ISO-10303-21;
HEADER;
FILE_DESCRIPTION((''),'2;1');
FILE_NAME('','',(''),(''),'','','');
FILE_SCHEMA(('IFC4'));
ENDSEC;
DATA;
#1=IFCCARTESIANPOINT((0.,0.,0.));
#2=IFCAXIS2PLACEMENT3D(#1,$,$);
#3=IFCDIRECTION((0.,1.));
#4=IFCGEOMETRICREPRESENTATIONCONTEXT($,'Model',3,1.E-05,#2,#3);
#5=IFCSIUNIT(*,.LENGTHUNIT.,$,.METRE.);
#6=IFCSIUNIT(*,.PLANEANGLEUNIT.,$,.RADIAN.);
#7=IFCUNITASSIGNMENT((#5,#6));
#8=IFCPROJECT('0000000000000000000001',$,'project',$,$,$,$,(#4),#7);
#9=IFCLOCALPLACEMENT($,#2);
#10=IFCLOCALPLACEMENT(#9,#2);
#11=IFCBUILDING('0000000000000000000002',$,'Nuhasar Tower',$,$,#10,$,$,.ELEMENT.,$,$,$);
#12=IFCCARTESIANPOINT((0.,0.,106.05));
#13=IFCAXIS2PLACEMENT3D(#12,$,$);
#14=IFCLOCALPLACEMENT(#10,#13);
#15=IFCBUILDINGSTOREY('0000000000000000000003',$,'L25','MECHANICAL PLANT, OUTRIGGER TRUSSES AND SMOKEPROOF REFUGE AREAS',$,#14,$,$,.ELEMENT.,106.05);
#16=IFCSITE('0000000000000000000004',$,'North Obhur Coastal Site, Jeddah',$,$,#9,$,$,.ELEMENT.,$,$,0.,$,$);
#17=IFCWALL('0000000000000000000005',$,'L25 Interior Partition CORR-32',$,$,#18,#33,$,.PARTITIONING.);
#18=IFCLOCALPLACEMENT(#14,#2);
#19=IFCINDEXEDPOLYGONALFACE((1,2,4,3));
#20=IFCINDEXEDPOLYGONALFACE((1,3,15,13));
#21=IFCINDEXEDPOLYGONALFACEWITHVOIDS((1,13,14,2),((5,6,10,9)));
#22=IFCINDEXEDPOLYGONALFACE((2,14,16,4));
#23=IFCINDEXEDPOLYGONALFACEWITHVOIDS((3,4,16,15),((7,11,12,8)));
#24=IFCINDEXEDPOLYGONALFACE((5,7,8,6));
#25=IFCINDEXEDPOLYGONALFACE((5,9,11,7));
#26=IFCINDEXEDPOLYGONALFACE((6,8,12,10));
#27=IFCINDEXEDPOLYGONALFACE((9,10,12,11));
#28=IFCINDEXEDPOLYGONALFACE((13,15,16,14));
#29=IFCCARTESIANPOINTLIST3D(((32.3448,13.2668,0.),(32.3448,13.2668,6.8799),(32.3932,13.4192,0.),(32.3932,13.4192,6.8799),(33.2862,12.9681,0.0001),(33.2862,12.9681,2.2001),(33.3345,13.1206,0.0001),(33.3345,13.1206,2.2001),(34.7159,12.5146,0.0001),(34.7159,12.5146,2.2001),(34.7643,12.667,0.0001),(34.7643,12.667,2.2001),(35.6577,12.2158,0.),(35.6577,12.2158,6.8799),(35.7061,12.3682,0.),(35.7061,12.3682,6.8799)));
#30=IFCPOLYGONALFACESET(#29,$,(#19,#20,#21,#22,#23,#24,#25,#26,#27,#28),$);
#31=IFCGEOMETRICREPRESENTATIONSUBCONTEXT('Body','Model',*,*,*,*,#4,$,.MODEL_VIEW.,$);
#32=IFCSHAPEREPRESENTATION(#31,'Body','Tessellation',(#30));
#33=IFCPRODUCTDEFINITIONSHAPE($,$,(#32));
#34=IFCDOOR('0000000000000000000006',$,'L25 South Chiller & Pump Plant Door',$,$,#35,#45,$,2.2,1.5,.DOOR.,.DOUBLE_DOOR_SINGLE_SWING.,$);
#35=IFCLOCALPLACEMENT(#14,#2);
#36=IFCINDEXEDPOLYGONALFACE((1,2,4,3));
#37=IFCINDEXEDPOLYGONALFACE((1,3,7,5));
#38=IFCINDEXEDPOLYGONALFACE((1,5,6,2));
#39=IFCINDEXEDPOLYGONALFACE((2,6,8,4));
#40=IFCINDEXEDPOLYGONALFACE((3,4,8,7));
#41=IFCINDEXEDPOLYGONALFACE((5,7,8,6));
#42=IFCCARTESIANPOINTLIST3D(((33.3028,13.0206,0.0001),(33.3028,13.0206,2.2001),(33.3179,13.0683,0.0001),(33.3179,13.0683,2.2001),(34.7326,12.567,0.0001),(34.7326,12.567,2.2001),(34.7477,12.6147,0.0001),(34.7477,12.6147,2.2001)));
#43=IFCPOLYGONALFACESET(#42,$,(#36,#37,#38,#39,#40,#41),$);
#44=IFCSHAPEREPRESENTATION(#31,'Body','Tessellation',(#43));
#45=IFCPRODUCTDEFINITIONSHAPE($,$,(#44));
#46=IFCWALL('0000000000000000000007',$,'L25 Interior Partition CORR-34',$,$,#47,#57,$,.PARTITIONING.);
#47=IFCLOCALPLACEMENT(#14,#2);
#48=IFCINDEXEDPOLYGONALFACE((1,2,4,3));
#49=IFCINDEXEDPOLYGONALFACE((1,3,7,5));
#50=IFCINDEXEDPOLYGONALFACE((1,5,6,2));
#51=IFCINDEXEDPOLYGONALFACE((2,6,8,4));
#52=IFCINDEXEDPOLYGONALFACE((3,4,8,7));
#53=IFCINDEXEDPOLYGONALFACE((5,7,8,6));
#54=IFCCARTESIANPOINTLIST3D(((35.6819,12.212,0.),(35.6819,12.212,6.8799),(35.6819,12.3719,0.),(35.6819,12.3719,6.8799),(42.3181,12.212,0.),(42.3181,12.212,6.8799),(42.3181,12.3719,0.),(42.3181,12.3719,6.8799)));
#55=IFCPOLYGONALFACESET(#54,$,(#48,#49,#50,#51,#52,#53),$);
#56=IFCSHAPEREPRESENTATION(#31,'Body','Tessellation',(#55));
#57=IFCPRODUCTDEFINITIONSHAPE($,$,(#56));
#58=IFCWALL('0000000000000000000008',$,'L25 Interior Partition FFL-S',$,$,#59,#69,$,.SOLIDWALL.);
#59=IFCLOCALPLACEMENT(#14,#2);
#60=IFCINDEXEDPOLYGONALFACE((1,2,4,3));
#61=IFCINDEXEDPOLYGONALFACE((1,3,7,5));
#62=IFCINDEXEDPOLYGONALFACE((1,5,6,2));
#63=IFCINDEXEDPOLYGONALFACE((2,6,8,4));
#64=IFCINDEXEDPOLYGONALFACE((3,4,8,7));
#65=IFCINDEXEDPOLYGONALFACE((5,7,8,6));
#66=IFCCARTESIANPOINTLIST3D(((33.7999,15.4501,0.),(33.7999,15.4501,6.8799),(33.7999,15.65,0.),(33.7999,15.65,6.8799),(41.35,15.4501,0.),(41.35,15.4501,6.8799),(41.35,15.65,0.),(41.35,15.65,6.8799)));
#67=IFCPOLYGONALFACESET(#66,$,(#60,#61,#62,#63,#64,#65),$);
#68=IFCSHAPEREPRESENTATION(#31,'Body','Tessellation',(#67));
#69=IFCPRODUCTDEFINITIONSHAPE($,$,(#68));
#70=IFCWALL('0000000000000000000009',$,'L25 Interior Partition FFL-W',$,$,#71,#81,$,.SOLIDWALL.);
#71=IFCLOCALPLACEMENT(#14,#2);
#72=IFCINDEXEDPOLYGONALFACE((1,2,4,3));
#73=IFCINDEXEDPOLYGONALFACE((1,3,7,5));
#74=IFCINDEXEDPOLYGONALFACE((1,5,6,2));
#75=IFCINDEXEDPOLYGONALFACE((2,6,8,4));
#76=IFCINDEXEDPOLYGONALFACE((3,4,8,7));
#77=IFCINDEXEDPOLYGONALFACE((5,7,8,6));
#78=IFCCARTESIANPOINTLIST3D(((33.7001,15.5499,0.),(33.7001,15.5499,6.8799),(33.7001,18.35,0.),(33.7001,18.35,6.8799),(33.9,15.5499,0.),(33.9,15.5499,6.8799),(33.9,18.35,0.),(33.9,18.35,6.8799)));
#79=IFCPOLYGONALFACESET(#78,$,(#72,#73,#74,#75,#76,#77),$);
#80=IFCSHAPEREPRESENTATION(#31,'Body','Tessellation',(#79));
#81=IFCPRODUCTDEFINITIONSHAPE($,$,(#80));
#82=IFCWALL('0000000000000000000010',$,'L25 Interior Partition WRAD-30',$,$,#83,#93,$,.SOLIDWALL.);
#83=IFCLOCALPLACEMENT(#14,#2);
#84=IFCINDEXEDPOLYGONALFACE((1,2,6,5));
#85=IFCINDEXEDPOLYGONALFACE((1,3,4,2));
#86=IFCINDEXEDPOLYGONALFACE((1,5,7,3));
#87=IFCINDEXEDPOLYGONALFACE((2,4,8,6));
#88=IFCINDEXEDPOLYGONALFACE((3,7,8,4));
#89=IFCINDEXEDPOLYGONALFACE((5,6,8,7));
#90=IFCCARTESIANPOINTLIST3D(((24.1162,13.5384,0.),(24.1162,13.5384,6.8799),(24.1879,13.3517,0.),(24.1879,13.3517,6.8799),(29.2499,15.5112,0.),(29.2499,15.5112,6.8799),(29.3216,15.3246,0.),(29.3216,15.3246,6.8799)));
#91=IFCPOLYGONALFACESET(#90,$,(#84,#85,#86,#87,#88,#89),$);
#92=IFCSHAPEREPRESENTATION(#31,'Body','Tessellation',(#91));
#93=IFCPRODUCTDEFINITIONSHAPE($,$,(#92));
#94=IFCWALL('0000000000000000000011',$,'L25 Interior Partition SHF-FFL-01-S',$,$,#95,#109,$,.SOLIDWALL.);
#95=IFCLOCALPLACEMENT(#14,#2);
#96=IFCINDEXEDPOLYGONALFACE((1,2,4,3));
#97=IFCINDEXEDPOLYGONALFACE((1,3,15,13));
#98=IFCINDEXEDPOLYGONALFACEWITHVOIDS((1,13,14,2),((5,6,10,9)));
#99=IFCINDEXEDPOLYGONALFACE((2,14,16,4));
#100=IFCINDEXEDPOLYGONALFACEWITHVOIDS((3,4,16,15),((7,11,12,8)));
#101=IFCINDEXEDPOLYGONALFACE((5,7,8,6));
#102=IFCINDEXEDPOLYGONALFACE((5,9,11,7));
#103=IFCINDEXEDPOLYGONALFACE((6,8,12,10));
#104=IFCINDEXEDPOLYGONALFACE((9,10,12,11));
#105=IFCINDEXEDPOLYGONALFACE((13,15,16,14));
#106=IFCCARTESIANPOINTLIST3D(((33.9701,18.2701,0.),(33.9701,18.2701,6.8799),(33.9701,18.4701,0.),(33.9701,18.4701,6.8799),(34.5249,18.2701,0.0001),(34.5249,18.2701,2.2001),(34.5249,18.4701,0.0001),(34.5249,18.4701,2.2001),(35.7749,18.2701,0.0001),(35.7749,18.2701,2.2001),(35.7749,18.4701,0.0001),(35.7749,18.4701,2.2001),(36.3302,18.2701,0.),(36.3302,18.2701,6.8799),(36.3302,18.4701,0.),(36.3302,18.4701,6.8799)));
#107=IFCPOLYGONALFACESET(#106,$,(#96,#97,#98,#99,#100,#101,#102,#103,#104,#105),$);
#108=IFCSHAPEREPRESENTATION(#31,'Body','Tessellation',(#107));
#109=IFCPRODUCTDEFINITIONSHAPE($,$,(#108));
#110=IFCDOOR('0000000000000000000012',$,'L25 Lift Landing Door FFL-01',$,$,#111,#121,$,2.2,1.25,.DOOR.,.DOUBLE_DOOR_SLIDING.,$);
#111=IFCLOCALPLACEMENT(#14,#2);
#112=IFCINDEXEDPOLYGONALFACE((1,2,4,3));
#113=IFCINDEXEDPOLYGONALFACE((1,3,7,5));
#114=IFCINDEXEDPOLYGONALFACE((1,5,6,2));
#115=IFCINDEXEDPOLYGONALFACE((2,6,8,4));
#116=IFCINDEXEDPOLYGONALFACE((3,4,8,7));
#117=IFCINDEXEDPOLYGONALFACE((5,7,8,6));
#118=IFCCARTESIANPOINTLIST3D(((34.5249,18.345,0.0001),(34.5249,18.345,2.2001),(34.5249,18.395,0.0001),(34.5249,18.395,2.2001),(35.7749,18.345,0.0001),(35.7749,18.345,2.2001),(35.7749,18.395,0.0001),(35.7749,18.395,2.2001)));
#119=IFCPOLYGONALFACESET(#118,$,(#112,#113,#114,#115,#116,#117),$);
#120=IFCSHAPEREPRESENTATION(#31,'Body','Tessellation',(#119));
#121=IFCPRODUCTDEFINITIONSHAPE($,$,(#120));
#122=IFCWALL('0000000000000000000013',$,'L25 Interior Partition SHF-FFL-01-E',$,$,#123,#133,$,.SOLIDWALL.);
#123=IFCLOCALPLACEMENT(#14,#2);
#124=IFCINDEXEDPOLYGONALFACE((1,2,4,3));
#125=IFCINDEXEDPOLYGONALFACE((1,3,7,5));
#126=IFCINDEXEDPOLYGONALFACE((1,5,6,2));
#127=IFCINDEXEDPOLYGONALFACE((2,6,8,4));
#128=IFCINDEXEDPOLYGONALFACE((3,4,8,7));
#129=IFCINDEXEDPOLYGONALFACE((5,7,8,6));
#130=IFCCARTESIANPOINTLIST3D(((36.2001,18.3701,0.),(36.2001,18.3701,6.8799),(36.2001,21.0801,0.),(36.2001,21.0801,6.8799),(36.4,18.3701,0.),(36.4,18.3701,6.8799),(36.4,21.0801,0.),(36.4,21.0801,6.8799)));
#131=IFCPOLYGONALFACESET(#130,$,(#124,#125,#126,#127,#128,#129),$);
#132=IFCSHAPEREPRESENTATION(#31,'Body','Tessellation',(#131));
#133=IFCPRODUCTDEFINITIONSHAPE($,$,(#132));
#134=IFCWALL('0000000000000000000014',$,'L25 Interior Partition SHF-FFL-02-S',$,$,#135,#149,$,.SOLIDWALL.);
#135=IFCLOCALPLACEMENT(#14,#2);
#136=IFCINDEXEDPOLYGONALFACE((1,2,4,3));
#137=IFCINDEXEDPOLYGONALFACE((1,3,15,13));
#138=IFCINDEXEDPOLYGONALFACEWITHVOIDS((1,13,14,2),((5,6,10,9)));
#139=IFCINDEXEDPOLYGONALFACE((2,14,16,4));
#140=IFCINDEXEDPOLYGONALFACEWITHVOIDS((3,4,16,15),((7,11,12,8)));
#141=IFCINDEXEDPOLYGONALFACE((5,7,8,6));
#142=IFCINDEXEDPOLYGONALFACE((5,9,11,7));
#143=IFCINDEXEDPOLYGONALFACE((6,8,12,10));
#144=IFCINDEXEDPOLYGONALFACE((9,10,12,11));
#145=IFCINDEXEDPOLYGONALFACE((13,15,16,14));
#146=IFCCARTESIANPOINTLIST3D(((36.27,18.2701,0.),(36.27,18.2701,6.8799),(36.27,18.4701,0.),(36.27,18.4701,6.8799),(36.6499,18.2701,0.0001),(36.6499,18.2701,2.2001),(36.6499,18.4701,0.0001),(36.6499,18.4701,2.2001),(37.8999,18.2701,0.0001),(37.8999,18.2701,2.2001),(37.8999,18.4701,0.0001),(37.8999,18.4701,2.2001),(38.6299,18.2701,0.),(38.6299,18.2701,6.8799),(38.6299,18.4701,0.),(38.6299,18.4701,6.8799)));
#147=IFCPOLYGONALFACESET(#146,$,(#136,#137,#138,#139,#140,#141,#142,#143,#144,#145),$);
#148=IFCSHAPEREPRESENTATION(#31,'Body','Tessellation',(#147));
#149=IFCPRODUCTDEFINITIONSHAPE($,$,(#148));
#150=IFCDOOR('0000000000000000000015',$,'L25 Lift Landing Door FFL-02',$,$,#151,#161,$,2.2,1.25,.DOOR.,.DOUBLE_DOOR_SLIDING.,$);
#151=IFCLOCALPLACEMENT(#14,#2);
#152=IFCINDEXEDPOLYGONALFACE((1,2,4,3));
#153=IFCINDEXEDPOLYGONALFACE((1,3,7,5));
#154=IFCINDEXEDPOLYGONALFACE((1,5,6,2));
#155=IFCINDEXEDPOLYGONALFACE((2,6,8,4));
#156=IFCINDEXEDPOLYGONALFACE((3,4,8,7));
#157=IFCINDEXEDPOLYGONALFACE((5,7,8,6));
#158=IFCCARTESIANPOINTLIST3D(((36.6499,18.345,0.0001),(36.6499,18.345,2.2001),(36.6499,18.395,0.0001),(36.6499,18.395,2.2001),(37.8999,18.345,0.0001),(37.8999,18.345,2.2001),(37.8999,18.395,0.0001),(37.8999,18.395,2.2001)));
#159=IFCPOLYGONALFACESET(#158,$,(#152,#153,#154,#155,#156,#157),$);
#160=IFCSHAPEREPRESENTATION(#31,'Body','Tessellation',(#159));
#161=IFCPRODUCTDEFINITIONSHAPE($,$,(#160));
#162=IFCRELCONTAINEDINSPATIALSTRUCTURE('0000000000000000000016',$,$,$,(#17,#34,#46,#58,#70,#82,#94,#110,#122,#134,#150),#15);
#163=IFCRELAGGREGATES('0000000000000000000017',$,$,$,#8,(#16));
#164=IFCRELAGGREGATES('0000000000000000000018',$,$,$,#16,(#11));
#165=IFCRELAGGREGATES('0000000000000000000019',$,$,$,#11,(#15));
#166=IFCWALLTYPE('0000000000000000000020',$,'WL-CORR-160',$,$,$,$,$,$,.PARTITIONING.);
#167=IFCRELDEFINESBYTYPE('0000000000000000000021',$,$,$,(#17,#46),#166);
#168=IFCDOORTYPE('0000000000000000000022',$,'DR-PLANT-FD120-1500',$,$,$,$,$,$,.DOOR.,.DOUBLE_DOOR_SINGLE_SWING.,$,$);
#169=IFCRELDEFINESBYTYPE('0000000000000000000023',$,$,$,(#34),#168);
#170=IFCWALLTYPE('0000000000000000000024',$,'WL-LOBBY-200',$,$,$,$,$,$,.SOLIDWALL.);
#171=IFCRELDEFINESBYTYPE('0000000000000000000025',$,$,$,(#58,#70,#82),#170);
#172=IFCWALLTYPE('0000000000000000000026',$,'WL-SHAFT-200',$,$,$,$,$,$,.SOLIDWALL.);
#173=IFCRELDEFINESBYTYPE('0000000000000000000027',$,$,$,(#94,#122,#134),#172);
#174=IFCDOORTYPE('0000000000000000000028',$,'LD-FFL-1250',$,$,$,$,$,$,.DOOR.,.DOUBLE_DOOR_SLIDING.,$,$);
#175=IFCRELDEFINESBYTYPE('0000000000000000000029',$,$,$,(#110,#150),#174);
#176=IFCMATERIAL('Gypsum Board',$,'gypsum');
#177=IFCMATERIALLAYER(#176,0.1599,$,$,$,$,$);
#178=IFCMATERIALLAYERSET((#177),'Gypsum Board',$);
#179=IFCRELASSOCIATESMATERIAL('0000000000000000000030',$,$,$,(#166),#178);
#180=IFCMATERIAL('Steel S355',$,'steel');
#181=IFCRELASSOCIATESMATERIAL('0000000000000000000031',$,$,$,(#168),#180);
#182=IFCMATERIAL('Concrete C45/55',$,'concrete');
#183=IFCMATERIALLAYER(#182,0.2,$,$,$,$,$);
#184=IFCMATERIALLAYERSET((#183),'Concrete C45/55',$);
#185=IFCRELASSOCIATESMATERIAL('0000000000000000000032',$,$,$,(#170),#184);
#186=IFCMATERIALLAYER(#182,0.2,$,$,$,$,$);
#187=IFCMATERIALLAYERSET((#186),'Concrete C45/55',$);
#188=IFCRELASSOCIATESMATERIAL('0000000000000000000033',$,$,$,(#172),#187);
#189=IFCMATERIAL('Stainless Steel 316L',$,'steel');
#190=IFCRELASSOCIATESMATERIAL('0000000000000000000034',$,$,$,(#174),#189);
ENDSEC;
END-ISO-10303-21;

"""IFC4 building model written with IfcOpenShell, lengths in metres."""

from ifc_helpers import new_model, si_unit, direction, frame, frame_2d, origin, place, context, subcontext, project, spatial, rectangle, extrude, material, layer, layer_set, type_object, element, fill, save


model = new_model("IFC4")

# Units and contexts
model_context = context("Model", 3, precision=1e-05, world=origin(), true_north=direction((0.0, 1.0)))
body_context = subcontext(model_context, "Body", "Model", "MODEL_VIEW")
ifc_project = project(units=[si_unit("LENGTHUNIT", "METRE"), si_unit("PLANEANGLEUNIT", "RADIAN")], contexts=[model_context])

# Site, building, storey
site_placement = place(None, origin())
site = spatial("IfcSite", under=ifc_project, at=site_placement, Name="North Obhur Coastal Site, Jeddah", CompositionType="ELEMENT", RefElevation=0.0)
building_placement = place(site_placement, origin())
building = spatial("IfcBuilding", under=site, at=building_placement, Name="Nuhasar Tower", CompositionType="ELEMENT")
storey_placement = place(building_placement, frame((0.0, 0.0, 106.05)))
storey = spatial("IfcBuildingStorey", under=building, at=storey_placement, Name="L25", Description="MECHANICAL PLANT, OUTRIGGER TRUSSES AND SMOKEPROOF REFUGE AREAS", CompositionType="ELEMENT", Elevation=106.05)

# Shared definitions
ifc_material_1 = material(Name="Steel S355", Category="steel")

# Shared definitions
ifc_material_2 = material(Name="Gypsum Board", Category="gypsum")
ifc_layer_1 = layer(ifc_material_2, 0.1599)
ifc_layer_set_1 = layer_set([ifc_layer_1], Name="Gypsum Board")
wall_type_1 = type_object("IfcWallType", Name="WL-CORR-160", PredefinedType="PARTITIONING", material=ifc_layer_set_1)

# Wall, opening, door
wall_1_placement = place(storey_placement, frame((35.6819, 12.292, 0.0), z_axis=(0.0, 0.0, 1.0), x_axis=(-0.953184, 0.302392, 0.0)))
wall_1 = element("IfcWall", 1, at=wall_1_placement, inside=storey, type_object=wall_type_1, Name="L25 Interior Partition CORR-32", PredefinedType="PARTITIONING", context=body_context, shape_type="SweptSolid", body=[
    extrude(rectangle(XDim=3.4756, YDim=0.1599, at=frame_2d((1.7378, 0.0))), origin(), (0.0, 0.0, 1.0), 6.8799),
])
opening_1_placement = place(wall_1_placement, frame((0.988, 0.0, 0.0)))
opening_1 = element("IfcOpeningElement", 2, at=opening_1_placement, cuts=wall_1, PredefinedType="OPENING", context=body_context, shape_type="SweptSolid", body=[
    extrude(rectangle(XDim=1.5, YDim=2.2, at=frame_2d((0.75, 1.1001))), frame((0.0, 0.0898, 0.0), z_axis=(0.0, -1.0, 0.0), x_axis=(1.0, 0.0, 0.0)), (0.0, 0.0, 1.0), 0.1799),
])
door_type_1 = type_object("IfcDoorType", Name="DR-PLANT-FD120-1500", OperationType="DOUBLE_DOOR_SINGLE_SWING", PredefinedType="DOOR", material=ifc_material_1)
door_1_placement = place(opening_1_placement, origin())
door_1 = element("IfcDoor", 3, at=door_1_placement, inside=storey, type_object=door_type_1, Name="L25 South Chiller & Pump Plant Door", OperationType="DOUBLE_DOOR_SINGLE_SWING", OverallHeight=2.2, OverallWidth=1.5, PredefinedType="DOOR", context=body_context, shape_type="SweptSolid", body=[
    extrude(rectangle(XDim=1.5, YDim=2.2, at=frame_2d((0.75, 1.1001))), frame((0.0, 0.0249, 0.0), z_axis=(0.0, -1.0, 0.0), x_axis=(1.0, 0.0, 0.0)), (0.0, 0.0, 1.0), 0.05),
])
fill(opening_1, door_1)

# Walls
wall_2_placement = place(storey_placement, frame((35.6819, 12.292, 0.0), z_axis=(0.0, 0.0, 1.0), x_axis=(1.0, 0.0, 0.0)))
element("IfcWall", 4, at=wall_2_placement, inside=storey, type_object=wall_type_1, Name="L25 Interior Partition CORR-34", PredefinedType="PARTITIONING", context=body_context, shape_type="SweptSolid", body=[
    extrude(rectangle(XDim=6.6362, YDim=0.1599, at=frame_2d((3.3181, 0.0))), origin(), (0.0, 0.0, 1.0), 6.8799),
])
ifc_material_3 = material(Name="Concrete C45/55", Category="concrete")
ifc_layer_2 = layer(ifc_material_3, 0.2)
ifc_layer_set_2 = layer_set([ifc_layer_2], Name="Concrete C45/55")
wall_type_2 = type_object("IfcWallType", Name="WL-LOBBY-200", PredefinedType="SOLIDWALL", material=ifc_layer_set_2)
wall_3_placement = place(storey_placement, frame((33.8, 15.55, 0.0), z_axis=(0.0, 0.0, 1.0), x_axis=(1.0, 0.0, 0.0)))
element("IfcWall", 5, at=wall_3_placement, inside=storey, type_object=wall_type_2, Name="L25 Interior Partition FFL-S", PredefinedType="SOLIDWALL", context=body_context, shape_type="SweptSolid", body=[
    extrude(rectangle(XDim=7.55, YDim=0.2, at=frame_2d((3.7749, 0.0))), origin(), (0.0, 0.0, 1.0), 6.8799),
])
wall_4_placement = place(storey_placement, frame((33.8, 15.55, 0.0), z_axis=(0.0, 0.0, 1.0), x_axis=(0.0, 1.0, 0.0)))
element("IfcWall", 6, at=wall_4_placement, inside=storey, type_object=wall_type_2, Name="L25 Interior Partition FFL-W", PredefinedType="SOLIDWALL", context=body_context, shape_type="SweptSolid", body=[
    extrude(rectangle(XDim=2.8, YDim=0.2, at=frame_2d((1.3999, 0.0))), origin(), (0.0, 0.0, 1.0), 6.8799),
])
wall_5_placement = place(storey_placement, frame((29.2859, 15.418, 0.0), z_axis=(0.0, 0.0, 1.0), x_axis=(-0.933445, -0.35872, 0.0)))
element("IfcWall", 7, at=wall_5_placement, inside=storey, type_object=wall_type_2, Name="L25 Interior Partition WRAD-30", PredefinedType="SOLIDWALL", context=body_context, shape_type="SweptSolid", body=[
    extrude(rectangle(XDim=5.4998, YDim=0.2, at=frame_2d((2.75, 0.0))), origin(), (0.0, 0.0, 1.0), 6.8799),
])

# Wall, opening, door
ifc_layer_3 = layer(ifc_material_3, 0.2)
ifc_layer_set_3 = layer_set([ifc_layer_3], Name="Concrete C45/55")
wall_type_3 = type_object("IfcWallType", Name="WL-SHAFT-200", PredefinedType="SOLIDWALL", material=ifc_layer_set_3)
wall_6_placement = place(storey_placement, frame((33.97, 18.3701, 0.0), z_axis=(0.0, 0.0, 1.0), x_axis=(1.0, 0.0, 0.0)))
wall_6 = element("IfcWall", 8, at=wall_6_placement, inside=storey, type_object=wall_type_3, Name="L25 Interior Partition SHF-FFL-01-S", PredefinedType="SOLIDWALL", context=body_context, shape_type="SweptSolid", body=[
    extrude(rectangle(XDim=2.3601, YDim=0.2, at=frame_2d((1.1802, 0.0))), origin(), (0.0, 0.0, 1.0), 6.8799),
])
opening_2_placement = place(wall_6_placement, frame((0.5549, 0.0, 0.0)))
opening_2 = element("IfcOpeningElement", 9, at=opening_2_placement, cuts=wall_6, PredefinedType="OPENING", context=body_context, shape_type="SweptSolid", body=[
    extrude(rectangle(XDim=1.25, YDim=2.2, at=frame_2d((0.625, 1.1001))), frame((0.0, 0.1099, 0.0), z_axis=(0.0, -1.0, 0.0), x_axis=(1.0, 0.0, 0.0)), (0.0, 0.0, 1.0), 0.22),
])
ifc_material_4 = material(Name="Stainless Steel 316L", Category="steel")
door_type_2 = type_object("IfcDoorType", Name="LD-FFL-1250", OperationType="DOUBLE_DOOR_SLIDING", PredefinedType="DOOR", material=ifc_material_4)
door_2_placement = place(opening_2_placement, origin())
door_2 = element("IfcDoor", 10, at=door_2_placement, inside=storey, type_object=door_type_2, Name="L25 Lift Landing Door FFL-01", OperationType="DOUBLE_DOOR_SLIDING", OverallHeight=2.2, OverallWidth=1.25, PredefinedType="DOOR", context=body_context, shape_type="SweptSolid", body=[
    extrude(rectangle(XDim=1.25, YDim=2.2, at=frame_2d((0.625, 1.1001))), frame((0.0, 0.0249, 0.0), z_axis=(0.0, -1.0, 0.0), x_axis=(1.0, 0.0, 0.0)), (0.0, 0.0, 1.0), 0.05),
])
fill(opening_2, door_2)

# Wall
wall_7_placement = place(storey_placement, frame((36.3, 18.3701, 0.0), z_axis=(0.0, 0.0, 1.0), x_axis=(0.0, 1.0, 0.0)))
element("IfcWall", 11, at=wall_7_placement, inside=storey, type_object=wall_type_3, Name="L25 Interior Partition SHF-FFL-01-E", PredefinedType="SOLIDWALL", context=body_context, shape_type="SweptSolid", body=[
    extrude(rectangle(XDim=2.71, YDim=0.2, at=frame_2d((1.355, 0.0))), origin(), (0.0, 0.0, 1.0), 6.8799),
])

# Wall, opening, door
wall_8_placement = place(storey_placement, frame((36.27, 18.3701, 0.0), z_axis=(0.0, 0.0, 1.0), x_axis=(1.0, 0.0, 0.0)))
wall_8 = element("IfcWall", 12, at=wall_8_placement, inside=storey, type_object=wall_type_3, Name="L25 Interior Partition SHF-FFL-02-S", PredefinedType="SOLIDWALL", context=body_context, shape_type="SweptSolid", body=[
    extrude(rectangle(XDim=2.3599, YDim=0.2, at=frame_2d((1.1799, 0.0))), origin(), (0.0, 0.0, 1.0), 6.8799),
])
opening_3_placement = place(wall_8_placement, frame((0.3799, 0.0, 0.0)))
opening_3 = element("IfcOpeningElement", 13, at=opening_3_placement, cuts=wall_8, PredefinedType="OPENING", context=body_context, shape_type="SweptSolid", body=[
    extrude(rectangle(XDim=1.25, YDim=2.2, at=frame_2d((0.625, 1.1001))), frame((0.0, 0.1099, 0.0), z_axis=(0.0, -1.0, 0.0), x_axis=(1.0, 0.0, 0.0)), (0.0, 0.0, 1.0), 0.22),
])
door_3_placement = place(opening_3_placement, origin())
door_3 = element("IfcDoor", 14, at=door_3_placement, inside=storey, type_object=door_type_2, Name="L25 Lift Landing Door FFL-02", OperationType="DOUBLE_DOOR_SLIDING", OverallHeight=2.2, OverallWidth=1.25, PredefinedType="DOOR", context=body_context, shape_type="SweptSolid", body=[
    extrude(rectangle(XDim=1.25, YDim=2.2, at=frame_2d((0.625, 1.1001))), frame((0.0, 0.0249, 0.0), z_axis=(0.0, -1.0, 0.0), x_axis=(1.0, 0.0, 0.0)), (0.0, 0.0, 1.0), 0.05),
])
fill(opening_3, door_3)

save(model, "model.ifc")
